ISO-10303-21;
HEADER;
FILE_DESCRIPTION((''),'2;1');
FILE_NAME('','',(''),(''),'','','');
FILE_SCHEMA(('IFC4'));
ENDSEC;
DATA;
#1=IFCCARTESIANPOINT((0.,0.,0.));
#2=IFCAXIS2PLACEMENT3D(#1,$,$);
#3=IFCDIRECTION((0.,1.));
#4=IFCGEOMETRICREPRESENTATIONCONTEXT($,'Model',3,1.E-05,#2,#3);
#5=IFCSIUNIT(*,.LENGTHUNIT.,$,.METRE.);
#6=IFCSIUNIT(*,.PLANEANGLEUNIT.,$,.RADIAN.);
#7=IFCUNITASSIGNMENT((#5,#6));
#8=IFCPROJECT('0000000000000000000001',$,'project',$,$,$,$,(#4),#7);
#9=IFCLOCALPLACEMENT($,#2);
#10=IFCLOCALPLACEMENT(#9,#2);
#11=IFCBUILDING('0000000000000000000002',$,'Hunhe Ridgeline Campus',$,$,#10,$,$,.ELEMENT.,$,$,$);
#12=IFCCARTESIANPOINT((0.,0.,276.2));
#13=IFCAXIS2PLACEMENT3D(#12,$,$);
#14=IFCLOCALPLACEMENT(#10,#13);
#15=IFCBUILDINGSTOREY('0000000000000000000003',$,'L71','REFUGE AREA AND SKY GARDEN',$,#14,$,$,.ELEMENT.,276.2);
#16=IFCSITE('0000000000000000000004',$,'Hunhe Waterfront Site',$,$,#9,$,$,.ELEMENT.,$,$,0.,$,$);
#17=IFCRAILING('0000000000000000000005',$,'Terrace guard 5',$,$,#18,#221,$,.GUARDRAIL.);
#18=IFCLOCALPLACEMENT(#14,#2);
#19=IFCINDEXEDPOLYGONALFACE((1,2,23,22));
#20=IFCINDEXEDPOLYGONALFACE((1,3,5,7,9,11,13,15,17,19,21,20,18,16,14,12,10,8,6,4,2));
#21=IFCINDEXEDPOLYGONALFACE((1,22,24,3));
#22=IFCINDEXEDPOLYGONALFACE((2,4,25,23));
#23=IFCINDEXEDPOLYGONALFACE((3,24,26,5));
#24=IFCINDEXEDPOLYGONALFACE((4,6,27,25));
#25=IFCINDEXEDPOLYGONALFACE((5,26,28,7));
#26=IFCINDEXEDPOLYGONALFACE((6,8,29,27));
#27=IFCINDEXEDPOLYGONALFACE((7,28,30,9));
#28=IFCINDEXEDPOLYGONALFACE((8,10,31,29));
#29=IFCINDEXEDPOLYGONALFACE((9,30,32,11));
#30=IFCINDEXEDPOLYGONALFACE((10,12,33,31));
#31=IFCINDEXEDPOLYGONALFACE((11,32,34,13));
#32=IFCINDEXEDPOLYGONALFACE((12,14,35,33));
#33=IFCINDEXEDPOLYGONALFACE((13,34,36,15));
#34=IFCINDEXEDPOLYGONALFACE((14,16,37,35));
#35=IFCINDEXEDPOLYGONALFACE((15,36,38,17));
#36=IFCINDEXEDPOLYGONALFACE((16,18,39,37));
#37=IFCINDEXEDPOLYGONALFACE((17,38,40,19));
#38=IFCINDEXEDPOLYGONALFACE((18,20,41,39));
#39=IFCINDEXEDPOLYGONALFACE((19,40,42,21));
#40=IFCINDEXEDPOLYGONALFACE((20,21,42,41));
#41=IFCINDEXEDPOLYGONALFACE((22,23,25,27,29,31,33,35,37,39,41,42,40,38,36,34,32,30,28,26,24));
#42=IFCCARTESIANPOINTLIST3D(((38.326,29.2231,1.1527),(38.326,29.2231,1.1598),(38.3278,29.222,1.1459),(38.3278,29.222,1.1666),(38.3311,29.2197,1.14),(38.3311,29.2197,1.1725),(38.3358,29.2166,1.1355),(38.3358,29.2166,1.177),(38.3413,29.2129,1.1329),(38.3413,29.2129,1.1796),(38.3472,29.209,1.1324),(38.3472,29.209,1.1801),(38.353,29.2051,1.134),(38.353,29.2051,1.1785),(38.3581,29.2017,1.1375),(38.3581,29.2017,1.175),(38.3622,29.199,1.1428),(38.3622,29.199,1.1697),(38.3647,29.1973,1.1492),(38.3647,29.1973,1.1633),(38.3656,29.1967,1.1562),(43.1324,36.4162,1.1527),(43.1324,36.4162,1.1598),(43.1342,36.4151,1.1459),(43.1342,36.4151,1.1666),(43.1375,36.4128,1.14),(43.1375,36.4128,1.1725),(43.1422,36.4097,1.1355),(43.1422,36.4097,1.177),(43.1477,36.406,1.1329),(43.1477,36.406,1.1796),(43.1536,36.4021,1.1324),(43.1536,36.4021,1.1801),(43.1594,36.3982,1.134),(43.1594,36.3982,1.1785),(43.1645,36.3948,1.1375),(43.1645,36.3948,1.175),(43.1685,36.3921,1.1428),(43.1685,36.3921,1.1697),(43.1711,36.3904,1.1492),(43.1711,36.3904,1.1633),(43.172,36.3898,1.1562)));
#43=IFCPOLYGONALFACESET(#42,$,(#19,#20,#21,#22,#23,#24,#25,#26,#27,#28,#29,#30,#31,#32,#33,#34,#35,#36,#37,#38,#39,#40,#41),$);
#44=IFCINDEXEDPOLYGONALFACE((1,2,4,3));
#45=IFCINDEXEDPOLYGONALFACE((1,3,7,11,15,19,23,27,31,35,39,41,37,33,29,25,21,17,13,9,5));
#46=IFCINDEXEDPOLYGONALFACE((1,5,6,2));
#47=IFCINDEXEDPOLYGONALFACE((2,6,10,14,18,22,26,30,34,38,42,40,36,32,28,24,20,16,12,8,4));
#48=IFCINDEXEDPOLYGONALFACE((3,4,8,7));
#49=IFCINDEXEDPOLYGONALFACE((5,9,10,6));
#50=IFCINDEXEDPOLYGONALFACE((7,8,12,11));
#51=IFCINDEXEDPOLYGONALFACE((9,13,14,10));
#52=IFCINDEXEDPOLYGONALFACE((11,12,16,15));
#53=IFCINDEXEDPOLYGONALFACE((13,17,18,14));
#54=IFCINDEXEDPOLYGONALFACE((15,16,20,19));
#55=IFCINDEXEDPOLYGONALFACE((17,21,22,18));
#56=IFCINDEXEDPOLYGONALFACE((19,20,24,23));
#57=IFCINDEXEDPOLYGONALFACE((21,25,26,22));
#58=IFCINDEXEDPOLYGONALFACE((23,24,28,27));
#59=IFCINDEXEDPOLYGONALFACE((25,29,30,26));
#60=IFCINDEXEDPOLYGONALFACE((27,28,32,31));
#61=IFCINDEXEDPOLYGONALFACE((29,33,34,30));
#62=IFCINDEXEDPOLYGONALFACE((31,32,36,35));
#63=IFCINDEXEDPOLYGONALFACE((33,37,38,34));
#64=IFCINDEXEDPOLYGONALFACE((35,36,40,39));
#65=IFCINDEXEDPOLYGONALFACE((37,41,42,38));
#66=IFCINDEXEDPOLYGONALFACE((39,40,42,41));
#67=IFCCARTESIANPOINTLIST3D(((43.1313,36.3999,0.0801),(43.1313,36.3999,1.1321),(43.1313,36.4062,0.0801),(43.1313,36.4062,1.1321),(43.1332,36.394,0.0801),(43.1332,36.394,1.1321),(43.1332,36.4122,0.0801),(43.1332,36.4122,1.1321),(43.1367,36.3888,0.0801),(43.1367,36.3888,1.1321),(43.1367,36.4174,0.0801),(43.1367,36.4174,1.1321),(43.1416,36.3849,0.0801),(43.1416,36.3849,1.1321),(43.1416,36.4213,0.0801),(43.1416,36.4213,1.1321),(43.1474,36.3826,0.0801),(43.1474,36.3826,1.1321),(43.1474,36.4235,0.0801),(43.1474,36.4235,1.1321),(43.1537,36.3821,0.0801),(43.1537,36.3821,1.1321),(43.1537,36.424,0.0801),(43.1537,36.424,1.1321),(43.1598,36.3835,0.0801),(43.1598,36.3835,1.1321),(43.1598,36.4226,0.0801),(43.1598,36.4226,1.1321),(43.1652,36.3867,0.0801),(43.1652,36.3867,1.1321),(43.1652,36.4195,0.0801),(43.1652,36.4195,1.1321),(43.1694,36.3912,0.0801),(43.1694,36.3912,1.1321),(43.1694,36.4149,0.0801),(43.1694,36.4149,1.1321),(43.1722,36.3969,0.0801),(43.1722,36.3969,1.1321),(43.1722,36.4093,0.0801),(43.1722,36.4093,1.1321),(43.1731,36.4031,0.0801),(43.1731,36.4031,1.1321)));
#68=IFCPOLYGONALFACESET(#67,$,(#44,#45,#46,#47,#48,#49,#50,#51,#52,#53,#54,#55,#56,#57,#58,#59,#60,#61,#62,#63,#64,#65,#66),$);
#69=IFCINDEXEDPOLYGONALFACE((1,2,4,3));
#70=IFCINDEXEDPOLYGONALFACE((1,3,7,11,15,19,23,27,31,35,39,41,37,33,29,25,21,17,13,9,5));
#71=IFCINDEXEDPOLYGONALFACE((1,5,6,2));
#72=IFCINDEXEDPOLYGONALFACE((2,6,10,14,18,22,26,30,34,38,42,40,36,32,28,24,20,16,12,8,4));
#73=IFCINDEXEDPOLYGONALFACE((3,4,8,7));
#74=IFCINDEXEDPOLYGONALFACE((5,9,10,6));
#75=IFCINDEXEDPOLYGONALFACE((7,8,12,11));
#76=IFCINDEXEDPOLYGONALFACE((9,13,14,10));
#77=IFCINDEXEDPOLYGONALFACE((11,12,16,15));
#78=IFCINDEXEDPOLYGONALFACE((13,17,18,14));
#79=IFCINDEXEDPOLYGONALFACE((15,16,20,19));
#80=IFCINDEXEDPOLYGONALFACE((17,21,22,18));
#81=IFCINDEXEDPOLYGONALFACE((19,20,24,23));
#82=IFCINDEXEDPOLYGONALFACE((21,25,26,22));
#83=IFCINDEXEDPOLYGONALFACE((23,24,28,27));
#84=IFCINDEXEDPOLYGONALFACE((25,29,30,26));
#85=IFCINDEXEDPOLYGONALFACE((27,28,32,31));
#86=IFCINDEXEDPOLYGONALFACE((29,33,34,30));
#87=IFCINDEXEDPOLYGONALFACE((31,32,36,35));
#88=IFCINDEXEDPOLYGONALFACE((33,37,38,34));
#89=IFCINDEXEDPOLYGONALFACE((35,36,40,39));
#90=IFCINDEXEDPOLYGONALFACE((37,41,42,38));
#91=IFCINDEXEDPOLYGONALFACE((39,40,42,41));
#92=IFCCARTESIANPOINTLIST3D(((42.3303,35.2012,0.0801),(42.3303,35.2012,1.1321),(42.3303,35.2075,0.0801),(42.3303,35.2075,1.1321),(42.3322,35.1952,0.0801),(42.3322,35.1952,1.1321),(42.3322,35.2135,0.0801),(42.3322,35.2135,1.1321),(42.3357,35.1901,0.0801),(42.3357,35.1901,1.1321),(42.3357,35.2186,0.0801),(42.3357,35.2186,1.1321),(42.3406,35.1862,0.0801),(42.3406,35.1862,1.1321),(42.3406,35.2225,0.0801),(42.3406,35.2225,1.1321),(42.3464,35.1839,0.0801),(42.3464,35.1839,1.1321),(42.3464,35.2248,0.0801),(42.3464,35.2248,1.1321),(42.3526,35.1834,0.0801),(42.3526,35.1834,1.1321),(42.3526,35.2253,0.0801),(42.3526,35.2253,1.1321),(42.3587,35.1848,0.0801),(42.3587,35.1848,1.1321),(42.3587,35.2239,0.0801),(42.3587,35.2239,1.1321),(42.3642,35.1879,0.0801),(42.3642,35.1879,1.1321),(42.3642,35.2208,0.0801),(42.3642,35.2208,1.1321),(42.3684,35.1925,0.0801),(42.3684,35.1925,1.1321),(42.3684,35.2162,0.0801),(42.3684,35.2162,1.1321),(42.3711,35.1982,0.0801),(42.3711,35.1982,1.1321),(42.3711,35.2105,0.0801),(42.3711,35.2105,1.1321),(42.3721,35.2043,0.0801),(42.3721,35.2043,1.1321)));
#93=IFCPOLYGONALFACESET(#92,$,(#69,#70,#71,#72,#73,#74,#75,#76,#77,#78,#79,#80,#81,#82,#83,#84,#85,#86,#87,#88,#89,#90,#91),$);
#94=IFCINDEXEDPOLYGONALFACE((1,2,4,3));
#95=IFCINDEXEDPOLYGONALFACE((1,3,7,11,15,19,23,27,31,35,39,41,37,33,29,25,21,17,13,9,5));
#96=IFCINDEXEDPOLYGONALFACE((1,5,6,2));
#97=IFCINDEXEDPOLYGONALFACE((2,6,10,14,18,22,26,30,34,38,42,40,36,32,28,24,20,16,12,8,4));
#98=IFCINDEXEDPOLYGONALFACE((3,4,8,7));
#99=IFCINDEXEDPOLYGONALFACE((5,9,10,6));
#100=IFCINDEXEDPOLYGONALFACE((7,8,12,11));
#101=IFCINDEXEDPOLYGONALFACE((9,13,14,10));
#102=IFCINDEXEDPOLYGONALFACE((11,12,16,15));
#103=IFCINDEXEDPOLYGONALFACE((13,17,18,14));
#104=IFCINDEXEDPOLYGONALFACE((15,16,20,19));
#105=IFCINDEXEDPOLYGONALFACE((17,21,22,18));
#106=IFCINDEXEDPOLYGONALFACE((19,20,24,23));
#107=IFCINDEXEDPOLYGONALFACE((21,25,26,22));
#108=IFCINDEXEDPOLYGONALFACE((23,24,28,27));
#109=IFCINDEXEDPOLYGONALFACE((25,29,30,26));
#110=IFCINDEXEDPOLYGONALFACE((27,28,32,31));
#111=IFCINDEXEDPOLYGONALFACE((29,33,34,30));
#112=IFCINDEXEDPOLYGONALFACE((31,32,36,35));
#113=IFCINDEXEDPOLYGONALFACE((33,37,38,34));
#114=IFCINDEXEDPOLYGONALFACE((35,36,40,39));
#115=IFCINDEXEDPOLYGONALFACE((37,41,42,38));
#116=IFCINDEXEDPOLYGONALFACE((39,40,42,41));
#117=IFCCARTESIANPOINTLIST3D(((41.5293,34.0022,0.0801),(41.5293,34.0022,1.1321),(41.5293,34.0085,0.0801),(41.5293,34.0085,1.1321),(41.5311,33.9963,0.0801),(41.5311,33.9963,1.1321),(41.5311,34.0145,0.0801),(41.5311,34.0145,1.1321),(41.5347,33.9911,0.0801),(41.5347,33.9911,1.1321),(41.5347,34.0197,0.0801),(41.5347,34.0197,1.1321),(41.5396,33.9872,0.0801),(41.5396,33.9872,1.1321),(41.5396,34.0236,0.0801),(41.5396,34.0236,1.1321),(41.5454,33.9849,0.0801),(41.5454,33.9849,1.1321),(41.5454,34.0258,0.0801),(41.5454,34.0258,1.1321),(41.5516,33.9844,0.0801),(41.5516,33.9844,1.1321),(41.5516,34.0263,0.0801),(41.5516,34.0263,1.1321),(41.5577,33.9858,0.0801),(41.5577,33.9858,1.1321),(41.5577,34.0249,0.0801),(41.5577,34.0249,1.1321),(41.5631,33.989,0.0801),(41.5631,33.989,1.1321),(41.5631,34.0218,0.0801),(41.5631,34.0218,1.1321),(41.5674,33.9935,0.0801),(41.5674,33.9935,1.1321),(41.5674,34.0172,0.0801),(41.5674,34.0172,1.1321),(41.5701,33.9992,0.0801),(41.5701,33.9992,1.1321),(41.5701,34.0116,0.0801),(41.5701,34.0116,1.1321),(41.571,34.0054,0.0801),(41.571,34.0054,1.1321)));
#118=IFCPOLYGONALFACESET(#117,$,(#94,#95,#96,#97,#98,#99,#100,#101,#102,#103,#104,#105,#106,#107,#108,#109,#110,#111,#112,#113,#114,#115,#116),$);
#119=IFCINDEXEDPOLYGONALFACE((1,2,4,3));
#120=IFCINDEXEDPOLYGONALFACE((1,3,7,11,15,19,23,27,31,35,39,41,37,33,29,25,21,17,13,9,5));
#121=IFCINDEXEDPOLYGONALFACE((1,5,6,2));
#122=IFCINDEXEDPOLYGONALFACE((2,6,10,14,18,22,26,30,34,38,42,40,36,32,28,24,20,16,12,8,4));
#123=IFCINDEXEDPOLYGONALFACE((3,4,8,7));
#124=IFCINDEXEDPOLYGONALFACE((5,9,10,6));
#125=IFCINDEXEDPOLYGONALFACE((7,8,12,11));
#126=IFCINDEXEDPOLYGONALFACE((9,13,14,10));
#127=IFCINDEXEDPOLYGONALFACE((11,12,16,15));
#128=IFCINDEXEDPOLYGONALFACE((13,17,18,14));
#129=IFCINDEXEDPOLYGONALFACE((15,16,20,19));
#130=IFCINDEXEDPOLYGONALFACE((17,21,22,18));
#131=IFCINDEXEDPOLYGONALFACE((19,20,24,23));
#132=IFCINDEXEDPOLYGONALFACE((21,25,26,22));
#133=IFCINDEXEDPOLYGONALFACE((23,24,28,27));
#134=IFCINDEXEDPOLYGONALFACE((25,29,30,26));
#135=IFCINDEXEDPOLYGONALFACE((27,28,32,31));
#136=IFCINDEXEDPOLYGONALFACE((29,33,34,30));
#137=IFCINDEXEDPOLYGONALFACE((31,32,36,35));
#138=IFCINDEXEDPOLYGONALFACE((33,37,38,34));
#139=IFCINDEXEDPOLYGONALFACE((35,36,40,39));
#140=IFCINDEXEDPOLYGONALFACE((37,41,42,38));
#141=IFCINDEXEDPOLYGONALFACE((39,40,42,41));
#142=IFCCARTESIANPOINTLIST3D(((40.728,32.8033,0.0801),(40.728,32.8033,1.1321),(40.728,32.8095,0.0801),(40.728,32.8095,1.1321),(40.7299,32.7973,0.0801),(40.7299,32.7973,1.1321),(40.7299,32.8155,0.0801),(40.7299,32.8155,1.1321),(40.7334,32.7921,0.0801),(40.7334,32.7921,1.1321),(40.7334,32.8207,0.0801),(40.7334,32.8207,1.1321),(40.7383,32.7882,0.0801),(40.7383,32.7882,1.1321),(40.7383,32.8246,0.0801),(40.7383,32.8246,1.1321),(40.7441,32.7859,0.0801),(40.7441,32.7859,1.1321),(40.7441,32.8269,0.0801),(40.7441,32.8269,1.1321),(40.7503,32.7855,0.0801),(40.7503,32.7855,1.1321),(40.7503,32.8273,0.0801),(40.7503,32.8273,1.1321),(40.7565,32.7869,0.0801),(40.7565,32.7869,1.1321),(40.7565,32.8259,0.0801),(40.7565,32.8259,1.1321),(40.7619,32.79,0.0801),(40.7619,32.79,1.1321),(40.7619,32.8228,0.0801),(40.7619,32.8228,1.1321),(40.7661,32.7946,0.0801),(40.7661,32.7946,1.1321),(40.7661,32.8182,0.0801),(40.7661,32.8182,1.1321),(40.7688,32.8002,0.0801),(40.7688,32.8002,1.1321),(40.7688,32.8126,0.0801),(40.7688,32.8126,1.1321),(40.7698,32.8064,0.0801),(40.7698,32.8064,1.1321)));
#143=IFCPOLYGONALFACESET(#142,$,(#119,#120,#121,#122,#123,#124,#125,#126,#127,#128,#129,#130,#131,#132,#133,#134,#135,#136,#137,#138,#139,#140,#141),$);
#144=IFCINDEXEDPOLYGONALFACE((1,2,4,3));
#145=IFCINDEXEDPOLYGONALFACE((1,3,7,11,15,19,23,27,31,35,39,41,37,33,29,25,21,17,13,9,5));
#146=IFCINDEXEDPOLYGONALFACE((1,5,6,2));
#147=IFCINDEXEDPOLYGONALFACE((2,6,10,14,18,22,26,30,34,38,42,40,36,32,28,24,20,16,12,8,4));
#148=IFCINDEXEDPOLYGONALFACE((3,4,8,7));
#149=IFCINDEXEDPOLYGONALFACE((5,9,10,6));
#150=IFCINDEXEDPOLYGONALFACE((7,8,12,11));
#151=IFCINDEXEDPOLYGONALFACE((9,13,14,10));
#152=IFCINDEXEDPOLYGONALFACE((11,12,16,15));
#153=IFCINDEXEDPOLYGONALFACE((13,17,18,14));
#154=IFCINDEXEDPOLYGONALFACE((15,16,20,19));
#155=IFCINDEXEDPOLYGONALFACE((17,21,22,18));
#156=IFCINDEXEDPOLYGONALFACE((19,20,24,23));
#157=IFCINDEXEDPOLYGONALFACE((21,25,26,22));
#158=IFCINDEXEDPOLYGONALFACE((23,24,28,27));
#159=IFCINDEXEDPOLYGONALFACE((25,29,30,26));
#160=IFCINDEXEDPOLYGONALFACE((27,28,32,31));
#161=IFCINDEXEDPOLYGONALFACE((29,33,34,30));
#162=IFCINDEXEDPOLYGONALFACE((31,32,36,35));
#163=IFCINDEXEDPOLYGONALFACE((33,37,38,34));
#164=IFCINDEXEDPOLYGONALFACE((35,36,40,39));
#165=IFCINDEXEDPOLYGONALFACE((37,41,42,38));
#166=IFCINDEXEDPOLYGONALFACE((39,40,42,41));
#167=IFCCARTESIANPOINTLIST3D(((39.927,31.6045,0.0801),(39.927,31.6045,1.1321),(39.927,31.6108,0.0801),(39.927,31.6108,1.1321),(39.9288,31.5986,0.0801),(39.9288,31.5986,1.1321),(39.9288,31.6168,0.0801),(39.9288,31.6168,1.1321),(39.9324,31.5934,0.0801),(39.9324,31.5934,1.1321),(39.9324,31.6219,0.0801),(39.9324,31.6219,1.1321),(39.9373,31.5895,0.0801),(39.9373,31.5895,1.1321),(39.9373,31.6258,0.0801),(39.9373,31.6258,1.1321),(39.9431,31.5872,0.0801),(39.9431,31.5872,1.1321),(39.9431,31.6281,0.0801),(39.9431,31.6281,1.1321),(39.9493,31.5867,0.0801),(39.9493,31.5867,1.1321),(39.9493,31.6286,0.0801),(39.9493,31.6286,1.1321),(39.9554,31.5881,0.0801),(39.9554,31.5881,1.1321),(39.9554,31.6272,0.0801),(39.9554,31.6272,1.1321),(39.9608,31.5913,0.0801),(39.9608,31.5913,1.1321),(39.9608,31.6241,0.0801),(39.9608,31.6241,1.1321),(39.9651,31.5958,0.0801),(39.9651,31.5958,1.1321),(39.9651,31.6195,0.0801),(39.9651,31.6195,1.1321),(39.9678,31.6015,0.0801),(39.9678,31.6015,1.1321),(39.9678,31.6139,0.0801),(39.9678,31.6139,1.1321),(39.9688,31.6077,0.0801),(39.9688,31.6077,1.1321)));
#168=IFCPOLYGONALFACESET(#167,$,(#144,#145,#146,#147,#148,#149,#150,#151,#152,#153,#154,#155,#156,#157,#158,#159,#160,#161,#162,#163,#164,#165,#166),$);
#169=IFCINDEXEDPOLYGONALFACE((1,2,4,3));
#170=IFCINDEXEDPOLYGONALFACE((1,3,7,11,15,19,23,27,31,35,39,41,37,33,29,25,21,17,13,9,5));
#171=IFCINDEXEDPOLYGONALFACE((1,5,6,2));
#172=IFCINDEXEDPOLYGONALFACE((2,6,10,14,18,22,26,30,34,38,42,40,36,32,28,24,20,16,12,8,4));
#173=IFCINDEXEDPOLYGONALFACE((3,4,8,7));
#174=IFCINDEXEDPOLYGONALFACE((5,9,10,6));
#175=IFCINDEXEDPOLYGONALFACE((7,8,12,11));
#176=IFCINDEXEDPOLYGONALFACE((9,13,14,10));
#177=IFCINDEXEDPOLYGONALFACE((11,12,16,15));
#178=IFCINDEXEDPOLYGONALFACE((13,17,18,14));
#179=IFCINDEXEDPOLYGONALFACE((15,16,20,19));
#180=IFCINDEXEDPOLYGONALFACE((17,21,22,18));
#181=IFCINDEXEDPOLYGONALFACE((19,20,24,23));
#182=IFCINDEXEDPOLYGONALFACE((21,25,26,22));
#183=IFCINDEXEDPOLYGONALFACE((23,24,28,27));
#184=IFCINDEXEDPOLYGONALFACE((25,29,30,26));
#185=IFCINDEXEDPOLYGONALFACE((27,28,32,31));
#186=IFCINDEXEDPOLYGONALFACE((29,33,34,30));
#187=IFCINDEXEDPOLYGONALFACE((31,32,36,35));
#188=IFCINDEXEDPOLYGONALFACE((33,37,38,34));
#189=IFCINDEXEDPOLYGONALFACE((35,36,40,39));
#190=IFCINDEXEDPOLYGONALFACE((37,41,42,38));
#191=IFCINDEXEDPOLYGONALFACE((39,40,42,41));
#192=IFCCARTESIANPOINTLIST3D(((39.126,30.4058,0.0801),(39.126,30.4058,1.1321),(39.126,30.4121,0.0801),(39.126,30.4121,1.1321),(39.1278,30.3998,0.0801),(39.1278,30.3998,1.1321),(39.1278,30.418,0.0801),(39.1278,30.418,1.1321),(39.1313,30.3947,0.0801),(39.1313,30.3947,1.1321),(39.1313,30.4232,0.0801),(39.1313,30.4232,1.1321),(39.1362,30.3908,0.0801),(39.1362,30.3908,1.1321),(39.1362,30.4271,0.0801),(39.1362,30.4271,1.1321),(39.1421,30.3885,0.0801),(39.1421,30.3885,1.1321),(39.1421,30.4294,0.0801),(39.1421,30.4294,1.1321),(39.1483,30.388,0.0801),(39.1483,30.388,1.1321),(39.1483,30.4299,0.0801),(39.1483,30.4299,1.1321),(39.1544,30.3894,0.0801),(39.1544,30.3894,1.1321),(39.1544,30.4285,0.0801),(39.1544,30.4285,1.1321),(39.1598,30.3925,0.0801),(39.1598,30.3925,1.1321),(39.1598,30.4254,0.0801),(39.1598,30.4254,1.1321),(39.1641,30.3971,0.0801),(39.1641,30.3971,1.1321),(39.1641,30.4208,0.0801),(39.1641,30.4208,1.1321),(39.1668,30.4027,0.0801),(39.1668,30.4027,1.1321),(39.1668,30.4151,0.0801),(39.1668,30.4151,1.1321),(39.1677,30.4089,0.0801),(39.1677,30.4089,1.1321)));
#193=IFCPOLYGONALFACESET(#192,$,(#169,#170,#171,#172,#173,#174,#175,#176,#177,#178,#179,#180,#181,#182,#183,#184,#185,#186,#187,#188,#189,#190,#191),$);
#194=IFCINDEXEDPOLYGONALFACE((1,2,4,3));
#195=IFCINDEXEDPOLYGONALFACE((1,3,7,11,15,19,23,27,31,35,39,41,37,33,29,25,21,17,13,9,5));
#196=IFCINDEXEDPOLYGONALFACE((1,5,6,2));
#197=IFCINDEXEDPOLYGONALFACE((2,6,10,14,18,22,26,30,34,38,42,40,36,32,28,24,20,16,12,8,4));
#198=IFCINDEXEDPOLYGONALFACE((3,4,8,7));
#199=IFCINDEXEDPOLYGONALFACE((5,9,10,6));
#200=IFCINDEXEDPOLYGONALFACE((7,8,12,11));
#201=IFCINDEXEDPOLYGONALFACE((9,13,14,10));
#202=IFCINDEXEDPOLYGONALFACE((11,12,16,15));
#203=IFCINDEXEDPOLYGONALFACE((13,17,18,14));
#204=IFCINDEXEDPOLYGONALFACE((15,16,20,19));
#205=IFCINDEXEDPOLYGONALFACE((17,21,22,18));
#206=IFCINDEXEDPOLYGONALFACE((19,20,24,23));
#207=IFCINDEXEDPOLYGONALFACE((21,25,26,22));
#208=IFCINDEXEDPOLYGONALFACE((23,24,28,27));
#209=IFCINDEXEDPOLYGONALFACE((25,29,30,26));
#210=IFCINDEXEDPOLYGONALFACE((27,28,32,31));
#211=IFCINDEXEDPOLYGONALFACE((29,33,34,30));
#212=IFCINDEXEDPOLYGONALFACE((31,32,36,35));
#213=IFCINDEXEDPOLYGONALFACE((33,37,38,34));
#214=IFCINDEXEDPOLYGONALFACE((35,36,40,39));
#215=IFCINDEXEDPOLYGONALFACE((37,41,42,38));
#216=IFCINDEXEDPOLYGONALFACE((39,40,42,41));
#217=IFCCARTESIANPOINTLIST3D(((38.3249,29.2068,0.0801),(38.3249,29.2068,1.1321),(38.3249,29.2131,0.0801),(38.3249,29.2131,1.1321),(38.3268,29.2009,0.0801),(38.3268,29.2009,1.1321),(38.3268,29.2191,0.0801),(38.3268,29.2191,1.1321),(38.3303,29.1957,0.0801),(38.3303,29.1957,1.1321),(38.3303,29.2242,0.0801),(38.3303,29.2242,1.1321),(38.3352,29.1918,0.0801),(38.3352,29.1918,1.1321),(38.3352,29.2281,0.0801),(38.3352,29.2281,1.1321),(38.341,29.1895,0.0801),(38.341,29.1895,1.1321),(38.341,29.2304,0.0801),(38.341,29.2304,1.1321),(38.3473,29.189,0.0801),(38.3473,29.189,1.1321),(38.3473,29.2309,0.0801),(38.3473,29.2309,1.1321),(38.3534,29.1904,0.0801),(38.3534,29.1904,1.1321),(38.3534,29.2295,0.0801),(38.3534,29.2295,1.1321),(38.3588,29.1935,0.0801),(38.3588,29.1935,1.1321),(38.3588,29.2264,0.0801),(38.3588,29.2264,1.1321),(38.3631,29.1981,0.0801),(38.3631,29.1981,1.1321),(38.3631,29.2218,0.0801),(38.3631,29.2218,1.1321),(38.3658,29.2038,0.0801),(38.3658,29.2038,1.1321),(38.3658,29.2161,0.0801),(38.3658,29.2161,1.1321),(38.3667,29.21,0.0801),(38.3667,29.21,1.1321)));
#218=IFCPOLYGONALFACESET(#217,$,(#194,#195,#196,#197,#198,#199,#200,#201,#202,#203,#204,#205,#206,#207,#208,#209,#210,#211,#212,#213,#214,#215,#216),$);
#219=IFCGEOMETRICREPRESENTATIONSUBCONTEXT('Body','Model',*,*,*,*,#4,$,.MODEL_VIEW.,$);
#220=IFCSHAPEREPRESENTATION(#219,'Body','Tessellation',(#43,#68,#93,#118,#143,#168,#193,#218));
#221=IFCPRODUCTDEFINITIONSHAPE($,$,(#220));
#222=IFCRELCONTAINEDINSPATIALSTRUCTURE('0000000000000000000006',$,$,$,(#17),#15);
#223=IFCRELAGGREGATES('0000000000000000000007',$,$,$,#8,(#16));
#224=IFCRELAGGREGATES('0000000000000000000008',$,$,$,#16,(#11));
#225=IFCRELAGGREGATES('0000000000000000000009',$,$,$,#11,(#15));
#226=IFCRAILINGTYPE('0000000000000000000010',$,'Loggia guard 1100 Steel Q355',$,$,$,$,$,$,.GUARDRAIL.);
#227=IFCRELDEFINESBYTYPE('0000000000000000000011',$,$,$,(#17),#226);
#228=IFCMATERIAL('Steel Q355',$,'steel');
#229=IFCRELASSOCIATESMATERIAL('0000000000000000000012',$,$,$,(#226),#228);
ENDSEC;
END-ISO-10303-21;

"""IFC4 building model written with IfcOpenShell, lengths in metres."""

from ifc_helpers import new_model, si_unit, direction, frame, origin, origin_2d, place, context, subcontext, project, spatial, circle, extrude, material, type_object, element, save


model = new_model("IFC4")

# Units and contexts
model_context = context("Model", 3, precision=1e-05, world=origin(), true_north=direction((0.0, 1.0)))
body_context = subcontext(model_context, "Body", "Model", "MODEL_VIEW")
ifc_project = project(units=[si_unit("LENGTHUNIT", "METRE"), si_unit("PLANEANGLEUNIT", "RADIAN")], contexts=[model_context])

# Site, building, storey
site_placement = place(None, origin())
site = spatial("IfcSite", under=ifc_project, at=site_placement, Name="Hunhe Waterfront Site", CompositionType="ELEMENT", RefElevation=0.0)
building_placement = place(site_placement, origin())
building = spatial("IfcBuilding", under=site, at=building_placement, Name="Hunhe Ridgeline Campus", CompositionType="ELEMENT")
storey_placement = place(building_placement, frame((0.0, 0.0, 276.2)))
storey = spatial("IfcBuildingStorey", under=building, at=storey_placement, Name="L71", Description="REFUGE AREA AND SKY GARDEN", CompositionType="ELEMENT", Elevation=276.2)

# Railing
ifc_material_1 = material(Name="Steel Q355", Category="steel")
railing_type = type_object("IfcRailingType", Name="Loggia guard 1100 Steel Q355", PredefinedType="GUARDRAIL", material=ifc_material_1)
railing_1_placement = place(storey_placement, frame((43.1521, 36.4031, 0.0801)))
element("IfcRailing", 1, at=railing_1_placement, inside=storey, type_object=railing_type, Name="Terrace guard 5", PredefinedType="GUARDRAIL", context=body_context, shape_type="SweptSolid", body=[
    extrude(circle(Radius=0.0239, at=origin_2d()), frame((0.0, 0.0, 1.0762), z_axis=(-0.555579, -0.831464, 0.0), x_axis=(0.831464, -0.555579, 0.0)), (0.0, 0.0, 1.0), 8.6511),
    extrude(circle(Radius=0.021, at=origin_2d()), origin(), (0.0, 0.0, 1.0), 1.052),
    extrude(circle(Radius=0.021, at=origin_2d()), frame((-0.801, -1.1987, 0.0)), (0.0, 0.0, 1.0), 1.052),
    extrude(circle(Radius=0.021, at=origin_2d()), frame((-1.6021, -2.3977, 0.0)), (0.0, 0.0, 1.0), 1.052),
    extrude(circle(Radius=0.021, at=origin_2d()), frame((-2.4033, -3.5967, 0.0)), (0.0, 0.0, 1.0), 1.052),
    extrude(circle(Radius=0.021, at=origin_2d()), frame((-3.2043, -4.7954, 0.0)), (0.0, 0.0, 1.0), 1.052),
    extrude(circle(Radius=0.021, at=origin_2d()), frame((-4.0054, -5.9941, 0.0)), (0.0, 0.0, 1.0), 1.052),
    extrude(circle(Radius=0.021, at=origin_2d()), frame((-4.8064, -7.1931, 0.0)), (0.0, 0.0, 1.0), 1.052),
])

save(model, "model.ifc")
